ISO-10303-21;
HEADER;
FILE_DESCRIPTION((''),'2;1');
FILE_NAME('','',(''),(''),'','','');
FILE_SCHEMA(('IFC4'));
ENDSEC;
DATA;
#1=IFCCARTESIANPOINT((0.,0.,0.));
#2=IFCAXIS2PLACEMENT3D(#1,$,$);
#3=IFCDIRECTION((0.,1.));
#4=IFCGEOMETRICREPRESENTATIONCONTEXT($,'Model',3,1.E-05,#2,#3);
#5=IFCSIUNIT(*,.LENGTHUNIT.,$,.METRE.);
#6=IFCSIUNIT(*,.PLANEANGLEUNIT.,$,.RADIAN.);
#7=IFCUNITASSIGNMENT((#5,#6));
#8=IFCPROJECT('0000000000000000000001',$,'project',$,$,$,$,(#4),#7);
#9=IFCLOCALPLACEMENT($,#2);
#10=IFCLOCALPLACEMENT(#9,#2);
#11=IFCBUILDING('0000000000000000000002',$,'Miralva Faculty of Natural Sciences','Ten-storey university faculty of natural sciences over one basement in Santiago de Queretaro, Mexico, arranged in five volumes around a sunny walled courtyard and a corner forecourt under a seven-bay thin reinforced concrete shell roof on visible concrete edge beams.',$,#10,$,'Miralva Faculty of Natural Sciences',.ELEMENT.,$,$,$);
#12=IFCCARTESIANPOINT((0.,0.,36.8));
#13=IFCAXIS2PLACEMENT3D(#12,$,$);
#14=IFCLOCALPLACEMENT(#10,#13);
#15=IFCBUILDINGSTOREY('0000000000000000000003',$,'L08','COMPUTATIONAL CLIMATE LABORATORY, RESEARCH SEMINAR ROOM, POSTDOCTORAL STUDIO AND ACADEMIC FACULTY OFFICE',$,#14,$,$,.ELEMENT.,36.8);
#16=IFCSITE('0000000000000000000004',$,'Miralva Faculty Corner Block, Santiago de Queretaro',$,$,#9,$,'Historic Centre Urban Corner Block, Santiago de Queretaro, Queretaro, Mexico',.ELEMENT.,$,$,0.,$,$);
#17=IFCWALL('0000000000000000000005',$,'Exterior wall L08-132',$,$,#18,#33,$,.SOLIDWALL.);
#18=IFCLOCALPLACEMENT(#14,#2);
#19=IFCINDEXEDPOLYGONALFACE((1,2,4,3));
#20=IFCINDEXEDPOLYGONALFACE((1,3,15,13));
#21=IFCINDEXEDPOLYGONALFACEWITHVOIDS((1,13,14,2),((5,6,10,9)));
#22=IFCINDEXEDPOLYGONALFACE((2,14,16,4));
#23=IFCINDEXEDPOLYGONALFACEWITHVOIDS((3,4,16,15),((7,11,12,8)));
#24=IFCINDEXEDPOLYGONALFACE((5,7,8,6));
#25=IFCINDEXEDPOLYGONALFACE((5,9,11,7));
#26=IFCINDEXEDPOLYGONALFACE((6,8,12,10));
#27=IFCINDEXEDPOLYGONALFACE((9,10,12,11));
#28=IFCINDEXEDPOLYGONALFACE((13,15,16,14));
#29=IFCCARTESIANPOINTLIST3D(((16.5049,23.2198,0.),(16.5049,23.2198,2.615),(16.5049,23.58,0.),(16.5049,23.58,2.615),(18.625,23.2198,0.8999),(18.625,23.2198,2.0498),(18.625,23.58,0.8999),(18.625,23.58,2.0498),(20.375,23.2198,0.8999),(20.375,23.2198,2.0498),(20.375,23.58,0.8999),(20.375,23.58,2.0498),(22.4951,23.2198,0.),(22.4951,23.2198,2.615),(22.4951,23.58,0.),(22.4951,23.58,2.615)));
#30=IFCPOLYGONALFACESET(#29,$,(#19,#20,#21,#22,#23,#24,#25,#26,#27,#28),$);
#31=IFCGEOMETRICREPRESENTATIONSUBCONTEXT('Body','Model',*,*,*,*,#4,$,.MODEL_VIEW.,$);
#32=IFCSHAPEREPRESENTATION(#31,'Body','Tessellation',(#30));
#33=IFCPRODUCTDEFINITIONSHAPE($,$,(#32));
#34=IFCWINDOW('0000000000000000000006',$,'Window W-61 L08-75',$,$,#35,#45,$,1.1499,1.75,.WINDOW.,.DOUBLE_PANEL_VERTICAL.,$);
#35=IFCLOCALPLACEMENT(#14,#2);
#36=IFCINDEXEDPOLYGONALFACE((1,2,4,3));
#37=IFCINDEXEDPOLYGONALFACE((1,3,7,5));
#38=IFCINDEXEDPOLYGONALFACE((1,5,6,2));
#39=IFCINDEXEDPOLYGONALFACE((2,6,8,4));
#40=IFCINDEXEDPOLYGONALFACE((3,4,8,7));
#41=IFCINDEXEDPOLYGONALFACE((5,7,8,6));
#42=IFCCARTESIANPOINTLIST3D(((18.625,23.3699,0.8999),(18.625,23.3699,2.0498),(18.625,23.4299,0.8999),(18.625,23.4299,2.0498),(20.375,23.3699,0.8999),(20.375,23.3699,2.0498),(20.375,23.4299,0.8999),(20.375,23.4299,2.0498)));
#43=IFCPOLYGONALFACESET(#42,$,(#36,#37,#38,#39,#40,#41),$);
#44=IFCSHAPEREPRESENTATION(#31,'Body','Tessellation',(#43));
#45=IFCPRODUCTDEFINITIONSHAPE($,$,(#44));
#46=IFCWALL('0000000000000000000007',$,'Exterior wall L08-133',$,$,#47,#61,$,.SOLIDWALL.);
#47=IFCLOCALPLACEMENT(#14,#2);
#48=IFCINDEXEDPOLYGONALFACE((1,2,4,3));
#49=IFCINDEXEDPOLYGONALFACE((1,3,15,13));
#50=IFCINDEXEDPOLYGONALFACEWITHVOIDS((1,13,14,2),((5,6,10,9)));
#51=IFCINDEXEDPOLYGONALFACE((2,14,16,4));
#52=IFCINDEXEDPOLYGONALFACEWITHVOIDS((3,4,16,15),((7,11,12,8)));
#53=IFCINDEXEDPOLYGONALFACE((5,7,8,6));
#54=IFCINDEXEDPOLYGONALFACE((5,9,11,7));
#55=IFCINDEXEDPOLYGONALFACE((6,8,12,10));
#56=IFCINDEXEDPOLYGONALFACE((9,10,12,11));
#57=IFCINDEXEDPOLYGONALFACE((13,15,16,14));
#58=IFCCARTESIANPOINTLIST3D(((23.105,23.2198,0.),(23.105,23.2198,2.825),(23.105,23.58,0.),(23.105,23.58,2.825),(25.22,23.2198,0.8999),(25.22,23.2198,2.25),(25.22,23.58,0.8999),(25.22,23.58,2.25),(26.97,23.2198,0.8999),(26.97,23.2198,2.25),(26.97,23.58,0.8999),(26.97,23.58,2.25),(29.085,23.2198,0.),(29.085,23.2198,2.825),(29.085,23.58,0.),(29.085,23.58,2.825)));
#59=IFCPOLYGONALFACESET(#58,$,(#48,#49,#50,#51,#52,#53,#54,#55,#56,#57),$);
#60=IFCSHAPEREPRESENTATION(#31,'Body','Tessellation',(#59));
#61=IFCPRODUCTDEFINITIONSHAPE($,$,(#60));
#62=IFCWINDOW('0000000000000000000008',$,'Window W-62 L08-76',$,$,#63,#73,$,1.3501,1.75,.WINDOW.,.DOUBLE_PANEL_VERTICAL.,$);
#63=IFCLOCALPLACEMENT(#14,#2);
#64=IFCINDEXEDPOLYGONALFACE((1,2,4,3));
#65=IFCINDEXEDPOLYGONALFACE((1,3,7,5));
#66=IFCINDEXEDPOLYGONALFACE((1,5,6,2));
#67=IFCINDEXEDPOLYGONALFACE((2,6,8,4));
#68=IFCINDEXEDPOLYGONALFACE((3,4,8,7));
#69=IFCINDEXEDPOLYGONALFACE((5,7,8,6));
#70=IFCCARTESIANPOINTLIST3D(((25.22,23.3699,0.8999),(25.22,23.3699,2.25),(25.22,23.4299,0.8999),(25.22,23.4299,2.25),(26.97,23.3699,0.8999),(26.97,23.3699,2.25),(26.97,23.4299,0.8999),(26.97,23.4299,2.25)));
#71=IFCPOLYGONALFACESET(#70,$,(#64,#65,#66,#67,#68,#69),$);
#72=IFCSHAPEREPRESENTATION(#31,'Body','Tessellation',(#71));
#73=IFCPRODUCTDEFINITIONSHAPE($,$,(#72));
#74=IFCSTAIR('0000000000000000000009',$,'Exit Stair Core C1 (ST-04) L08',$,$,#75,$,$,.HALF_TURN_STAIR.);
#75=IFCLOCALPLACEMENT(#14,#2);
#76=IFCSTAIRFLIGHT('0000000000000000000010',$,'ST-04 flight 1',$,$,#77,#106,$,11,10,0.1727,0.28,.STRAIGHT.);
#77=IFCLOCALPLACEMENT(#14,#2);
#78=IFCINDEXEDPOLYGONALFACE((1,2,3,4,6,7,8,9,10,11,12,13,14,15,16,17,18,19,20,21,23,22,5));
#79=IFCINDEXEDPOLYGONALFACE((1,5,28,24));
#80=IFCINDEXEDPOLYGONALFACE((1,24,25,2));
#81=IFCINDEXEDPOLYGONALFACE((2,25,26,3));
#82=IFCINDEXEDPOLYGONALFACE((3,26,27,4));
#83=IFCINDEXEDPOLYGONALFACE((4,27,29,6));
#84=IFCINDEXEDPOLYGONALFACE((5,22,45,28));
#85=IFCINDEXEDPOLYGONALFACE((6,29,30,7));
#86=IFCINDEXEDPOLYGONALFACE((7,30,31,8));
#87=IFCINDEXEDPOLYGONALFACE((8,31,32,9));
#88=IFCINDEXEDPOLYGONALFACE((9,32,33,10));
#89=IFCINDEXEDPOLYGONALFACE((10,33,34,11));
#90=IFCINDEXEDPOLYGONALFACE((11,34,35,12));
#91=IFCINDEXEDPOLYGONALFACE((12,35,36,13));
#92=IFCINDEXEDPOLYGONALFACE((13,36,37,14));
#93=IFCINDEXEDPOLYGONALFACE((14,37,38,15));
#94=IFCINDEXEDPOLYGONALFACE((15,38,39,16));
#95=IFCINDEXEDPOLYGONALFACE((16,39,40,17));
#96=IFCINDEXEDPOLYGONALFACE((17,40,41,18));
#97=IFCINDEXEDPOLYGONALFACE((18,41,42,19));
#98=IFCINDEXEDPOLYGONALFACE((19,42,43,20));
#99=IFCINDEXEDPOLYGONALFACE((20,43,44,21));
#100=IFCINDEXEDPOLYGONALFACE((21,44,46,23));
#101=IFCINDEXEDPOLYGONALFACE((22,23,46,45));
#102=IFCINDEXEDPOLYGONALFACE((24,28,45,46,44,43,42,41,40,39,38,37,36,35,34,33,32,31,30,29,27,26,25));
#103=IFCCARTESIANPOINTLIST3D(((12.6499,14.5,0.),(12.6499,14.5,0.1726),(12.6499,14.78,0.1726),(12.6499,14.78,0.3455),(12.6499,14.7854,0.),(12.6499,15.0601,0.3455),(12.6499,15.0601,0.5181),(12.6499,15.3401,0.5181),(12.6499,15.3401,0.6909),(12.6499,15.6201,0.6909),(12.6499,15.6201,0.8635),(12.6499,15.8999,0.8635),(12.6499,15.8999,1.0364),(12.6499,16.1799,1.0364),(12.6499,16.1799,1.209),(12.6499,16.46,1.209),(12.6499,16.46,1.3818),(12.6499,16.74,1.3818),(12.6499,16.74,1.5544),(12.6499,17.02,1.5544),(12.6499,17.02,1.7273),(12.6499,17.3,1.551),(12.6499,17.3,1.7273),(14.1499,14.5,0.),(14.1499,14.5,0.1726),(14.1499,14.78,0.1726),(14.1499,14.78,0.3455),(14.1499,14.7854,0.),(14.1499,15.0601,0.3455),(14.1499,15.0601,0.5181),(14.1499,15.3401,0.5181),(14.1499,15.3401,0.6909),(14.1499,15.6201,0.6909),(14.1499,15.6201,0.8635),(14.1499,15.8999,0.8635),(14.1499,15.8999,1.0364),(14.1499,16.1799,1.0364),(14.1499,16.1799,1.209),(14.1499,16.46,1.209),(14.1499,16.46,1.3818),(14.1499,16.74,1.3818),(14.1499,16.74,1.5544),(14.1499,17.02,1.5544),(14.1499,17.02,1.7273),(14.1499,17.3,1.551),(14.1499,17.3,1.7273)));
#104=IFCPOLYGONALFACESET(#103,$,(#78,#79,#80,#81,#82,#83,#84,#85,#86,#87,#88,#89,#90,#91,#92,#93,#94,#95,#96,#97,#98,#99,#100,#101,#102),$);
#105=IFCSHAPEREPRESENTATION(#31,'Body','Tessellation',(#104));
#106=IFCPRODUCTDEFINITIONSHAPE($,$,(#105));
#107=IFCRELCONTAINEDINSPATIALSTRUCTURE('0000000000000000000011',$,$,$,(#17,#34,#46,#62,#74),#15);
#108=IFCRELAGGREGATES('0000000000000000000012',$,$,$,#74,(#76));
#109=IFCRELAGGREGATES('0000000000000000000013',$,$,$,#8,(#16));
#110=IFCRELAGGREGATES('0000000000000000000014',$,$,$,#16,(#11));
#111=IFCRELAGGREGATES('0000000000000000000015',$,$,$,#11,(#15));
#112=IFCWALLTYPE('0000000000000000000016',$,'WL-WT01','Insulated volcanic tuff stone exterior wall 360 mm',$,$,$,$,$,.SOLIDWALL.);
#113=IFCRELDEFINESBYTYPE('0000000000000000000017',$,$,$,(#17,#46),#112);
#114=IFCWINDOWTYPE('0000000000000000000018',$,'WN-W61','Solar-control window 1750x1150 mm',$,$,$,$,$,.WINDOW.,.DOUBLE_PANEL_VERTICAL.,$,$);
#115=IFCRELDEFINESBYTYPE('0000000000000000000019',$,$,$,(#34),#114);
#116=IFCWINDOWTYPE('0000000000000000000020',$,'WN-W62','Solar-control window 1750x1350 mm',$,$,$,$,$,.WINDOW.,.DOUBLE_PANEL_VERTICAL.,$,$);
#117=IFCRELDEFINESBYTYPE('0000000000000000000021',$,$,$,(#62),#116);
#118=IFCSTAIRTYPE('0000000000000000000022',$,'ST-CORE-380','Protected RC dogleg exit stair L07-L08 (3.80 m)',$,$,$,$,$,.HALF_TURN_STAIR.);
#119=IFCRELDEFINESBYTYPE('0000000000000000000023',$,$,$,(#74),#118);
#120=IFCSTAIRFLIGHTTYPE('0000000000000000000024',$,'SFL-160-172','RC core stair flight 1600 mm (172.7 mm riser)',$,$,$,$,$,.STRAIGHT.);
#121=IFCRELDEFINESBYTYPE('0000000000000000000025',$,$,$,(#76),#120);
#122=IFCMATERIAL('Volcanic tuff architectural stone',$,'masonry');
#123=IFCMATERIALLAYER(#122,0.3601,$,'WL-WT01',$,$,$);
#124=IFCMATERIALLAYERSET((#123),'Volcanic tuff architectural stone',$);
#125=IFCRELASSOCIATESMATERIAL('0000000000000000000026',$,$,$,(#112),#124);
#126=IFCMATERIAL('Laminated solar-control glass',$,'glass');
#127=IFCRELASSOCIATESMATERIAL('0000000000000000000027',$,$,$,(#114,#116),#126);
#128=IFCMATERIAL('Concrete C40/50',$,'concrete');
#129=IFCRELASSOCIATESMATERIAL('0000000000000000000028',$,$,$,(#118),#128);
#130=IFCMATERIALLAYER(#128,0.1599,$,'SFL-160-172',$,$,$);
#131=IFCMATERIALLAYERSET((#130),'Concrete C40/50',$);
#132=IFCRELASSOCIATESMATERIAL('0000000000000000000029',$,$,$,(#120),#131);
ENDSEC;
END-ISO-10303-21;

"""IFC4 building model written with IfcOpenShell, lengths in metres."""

from ifc_helpers import new_model, si_unit, direction, frame, frame_2d, origin, place, context, subcontext, project, spatial, polyline, rectangle, outline, extrude, material, layer, layer_set, type_object, element, fill, aggregate, save


model = new_model("IFC4")

# Units and contexts
model_context = context("Model", 3, precision=1e-05, world=origin(), true_north=direction((0.0, 1.0)))
body_context = subcontext(model_context, "Body", "Model", "MODEL_VIEW")
ifc_project = project(units=[si_unit("LENGTHUNIT", "METRE"), si_unit("PLANEANGLEUNIT", "RADIAN")], contexts=[model_context])

# Site, building, storey
site_placement = place(None, origin())
site = spatial("IfcSite", under=ifc_project, at=site_placement, Name="Miralva Faculty Corner Block, Santiago de Queretaro", LongName="Historic Centre Urban Corner Block, Santiago de Queretaro, Queretaro, Mexico", CompositionType="ELEMENT", RefElevation=0.0)
building_placement = place(site_placement, origin())
building = spatial("IfcBuilding", under=site, at=building_placement, Name="Miralva Faculty of Natural Sciences", Description="Ten-storey university faculty of natural sciences over one basement in Santiago de Queretaro, Mexico, arranged in five volumes around a sunny walled courtyard and a corner forecourt under a seven-bay thin reinforced concrete shell roof on visible concrete edge beams.", LongName="Miralva Faculty of Natural Sciences", CompositionType="ELEMENT")
storey_placement = place(building_placement, frame((0.0, 0.0, 36.8)))
storey = spatial("IfcBuildingStorey", under=building, at=storey_placement, Name="L08", Description="COMPUTATIONAL CLIMATE LABORATORY, RESEARCH SEMINAR ROOM, POSTDOCTORAL STUDIO AND ACADEMIC FACULTY OFFICE", CompositionType="ELEMENT", Elevation=36.8)

# Shared definitions
ifc_material_1 = material(Name="Concrete C40/50", Category="concrete")

# Walls, openings, windows
ifc_material_2 = material(Name="Volcanic tuff architectural stone", Category="masonry")
ifc_layer_1 = layer(ifc_material_2, 0.3601, Name="WL-WT01")
ifc_layer_set_1 = layer_set([ifc_layer_1], Name="Volcanic tuff architectural stone")
wall_type_1 = type_object("IfcWallType", Name="WL-WT01", Description="Insulated volcanic tuff stone exterior wall 360 mm", PredefinedType="SOLIDWALL", material=ifc_layer_set_1)
wall_1_placement = place(storey_placement, frame((16.5049, 23.3999, 0.0), z_axis=(0.0, 0.0, 1.0), x_axis=(1.0, 0.0, 0.0)))
wall_1 = element("IfcWall", 1, at=wall_1_placement, inside=storey, type_object=wall_type_1, Name="Exterior wall L08-132", PredefinedType="SOLIDWALL", context=body_context, shape_type="SweptSolid", body=[
    extrude(rectangle(XDim=5.9902, YDim=0.3601, at=frame_2d((2.9951, 0.0))), origin(), (0.0, 0.0, 1.0), 2.615),
])
opening_1_placement = place(wall_1_placement, frame((2.1201, 0.0, 0.8999)))
opening_1 = element("IfcOpeningElement", 2, at=opening_1_placement, cuts=wall_1, PredefinedType="OPENING", context=body_context, shape_type="SweptSolid", body=[
    extrude(rectangle(XDim=1.75, YDim=1.1499, at=frame_2d((0.875, 0.575))), frame((0.0, 0.1899, 0.0), z_axis=(0.0, -1.0, 0.0), x_axis=(1.0, 0.0, 0.0)), (0.0, 0.0, 1.0), 0.3801),
])
ifc_material_3 = material(Name="Laminated solar-control glass", Category="glass")
window_type_1 = type_object("IfcWindowType", Name="WN-W61", Description="Solar-control window 1750x1150 mm", PartitioningType="DOUBLE_PANEL_VERTICAL", PredefinedType="WINDOW", material=ifc_material_3)
window_1_placement = place(opening_1_placement, origin())
window_1 = element("IfcWindow", 3, at=window_1_placement, inside=storey, type_object=window_type_1, Name="Window W-61 L08-75", OverallHeight=1.1499, OverallWidth=1.75, PartitioningType="DOUBLE_PANEL_VERTICAL", PredefinedType="WINDOW", context=body_context, shape_type="SweptSolid", body=[
    extrude(rectangle(XDim=1.75, YDim=1.1499, at=frame_2d((0.875, 0.575))), frame((0.0, 0.03, 0.0), z_axis=(0.0, -1.0, 0.0), x_axis=(1.0, 0.0, 0.0)), (0.0, 0.0, 1.0), 0.0601),
])
fill(opening_1, window_1)
wall_2_placement = place(storey_placement, frame((23.105, 23.3999, 0.0), z_axis=(0.0, 0.0, 1.0), x_axis=(1.0, 0.0, 0.0)))
wall_2 = element("IfcWall", 4, at=wall_2_placement, inside=storey, type_object=wall_type_1, Name="Exterior wall L08-133", PredefinedType="SOLIDWALL", context=body_context, shape_type="SweptSolid", body=[
    extrude(rectangle(XDim=5.98, YDim=0.3601, at=frame_2d((2.99, 0.0))), origin(), (0.0, 0.0, 1.0), 2.825),
])
opening_2_placement = place(wall_2_placement, frame((2.115, 0.0, 0.8999)))
opening_2 = element("IfcOpeningElement", 5, at=opening_2_placement, cuts=wall_2, PredefinedType="OPENING", context=body_context, shape_type="SweptSolid", body=[
    extrude(rectangle(XDim=1.75, YDim=1.3501, at=frame_2d((0.875, 0.675))), frame((0.0, 0.1899, 0.0), z_axis=(0.0, -1.0, 0.0), x_axis=(1.0, 0.0, 0.0)), (0.0, 0.0, 1.0), 0.3801),
])
window_type_2 = type_object("IfcWindowType", Name="WN-W62", Description="Solar-control window 1750x1350 mm", PartitioningType="DOUBLE_PANEL_VERTICAL", PredefinedType="WINDOW", material=ifc_material_3)
window_2_placement = place(opening_2_placement, origin())
window_2 = element("IfcWindow", 6, at=window_2_placement, inside=storey, type_object=window_type_2, Name="Window W-62 L08-76", OverallHeight=1.3501, OverallWidth=1.75, PartitioningType="DOUBLE_PANEL_VERTICAL", PredefinedType="WINDOW", context=body_context, shape_type="SweptSolid", body=[
    extrude(rectangle(XDim=1.75, YDim=1.3501, at=frame_2d((0.875, 0.675))), frame((0.0, 0.03, 0.0), z_axis=(0.0, -1.0, 0.0), x_axis=(1.0, 0.0, 0.0)), (0.0, 0.0, 1.0), 0.0601),
])
fill(opening_2, window_2)

# Stair, stair flight
stair_type = type_object("IfcStairType", Name="ST-CORE-380", Description="Protected RC dogleg exit stair L07-L08 (3.80 m)", PredefinedType="HALF_TURN_STAIR", material=ifc_material_1)
stair_placement = place(storey_placement, origin())
stair = element("IfcStair", 7, at=stair_placement, inside=storey, type_object=stair_type, Name="Exit Stair Core C1 (ST-04) L08", PredefinedType="HALF_TURN_STAIR")
ifc_layer_2 = layer(ifc_material_1, 0.1599, Name="SFL-160-172")
ifc_layer_set_2 = layer_set([ifc_layer_2], Name="Concrete C40/50")
stair_flight_type = type_object("IfcStairFlightType", Name="SFL-160-172", Description="RC core stair flight 1600 mm (172.7 mm riser)", PredefinedType="STRAIGHT", material=ifc_layer_set_2)
stair_flight_placement = place(storey_placement, frame((13.3999, 14.5, 0.0), z_axis=(0.0, 0.0, 1.0), x_axis=(0.0, 1.0, 0.0)))
stair_flight = element("IfcStairFlight", 8, at=stair_flight_placement, type_object=stair_flight_type, Name="ST-04 flight 1", NumberOfRisers=11, NumberOfTreads=10, PredefinedType="STRAIGHT", RiserHeight=0.1727, TreadLength=0.28, context=body_context, shape_type="SweptSolid", body=[
    extrude(outline(polyline([(0.0, 0.0), (0.0, 0.1726), (0.28, 0.1726), (0.28, 0.3455), (0.5601, 0.3455), (0.5601, 0.5181), (0.8401, 0.5181), (0.8401, 0.6909), (1.1201, 0.6909), (1.1201, 0.8635), (1.3999, 0.8635), (1.3999, 1.0364), (1.6799, 1.0364), (1.6799, 1.209), (1.96, 1.209), (1.96, 1.3818), (2.24, 1.3818), (2.24, 1.5544), (2.52, 1.5544), (2.52, 1.7273), (2.8, 1.7273), (2.8, 1.8999), (2.8, 1.551), (0.2854, 0.0), (0.0, 0.0)])), frame((0.0, 0.75, 0.0), z_axis=(0.0, -1.0, 0.0), x_axis=(1.0, 0.0, 0.0)), (0.0, 0.0, 1.0), 1.5),
])
aggregate(stair, [stair_flight])

save(model, "model.ifc")
